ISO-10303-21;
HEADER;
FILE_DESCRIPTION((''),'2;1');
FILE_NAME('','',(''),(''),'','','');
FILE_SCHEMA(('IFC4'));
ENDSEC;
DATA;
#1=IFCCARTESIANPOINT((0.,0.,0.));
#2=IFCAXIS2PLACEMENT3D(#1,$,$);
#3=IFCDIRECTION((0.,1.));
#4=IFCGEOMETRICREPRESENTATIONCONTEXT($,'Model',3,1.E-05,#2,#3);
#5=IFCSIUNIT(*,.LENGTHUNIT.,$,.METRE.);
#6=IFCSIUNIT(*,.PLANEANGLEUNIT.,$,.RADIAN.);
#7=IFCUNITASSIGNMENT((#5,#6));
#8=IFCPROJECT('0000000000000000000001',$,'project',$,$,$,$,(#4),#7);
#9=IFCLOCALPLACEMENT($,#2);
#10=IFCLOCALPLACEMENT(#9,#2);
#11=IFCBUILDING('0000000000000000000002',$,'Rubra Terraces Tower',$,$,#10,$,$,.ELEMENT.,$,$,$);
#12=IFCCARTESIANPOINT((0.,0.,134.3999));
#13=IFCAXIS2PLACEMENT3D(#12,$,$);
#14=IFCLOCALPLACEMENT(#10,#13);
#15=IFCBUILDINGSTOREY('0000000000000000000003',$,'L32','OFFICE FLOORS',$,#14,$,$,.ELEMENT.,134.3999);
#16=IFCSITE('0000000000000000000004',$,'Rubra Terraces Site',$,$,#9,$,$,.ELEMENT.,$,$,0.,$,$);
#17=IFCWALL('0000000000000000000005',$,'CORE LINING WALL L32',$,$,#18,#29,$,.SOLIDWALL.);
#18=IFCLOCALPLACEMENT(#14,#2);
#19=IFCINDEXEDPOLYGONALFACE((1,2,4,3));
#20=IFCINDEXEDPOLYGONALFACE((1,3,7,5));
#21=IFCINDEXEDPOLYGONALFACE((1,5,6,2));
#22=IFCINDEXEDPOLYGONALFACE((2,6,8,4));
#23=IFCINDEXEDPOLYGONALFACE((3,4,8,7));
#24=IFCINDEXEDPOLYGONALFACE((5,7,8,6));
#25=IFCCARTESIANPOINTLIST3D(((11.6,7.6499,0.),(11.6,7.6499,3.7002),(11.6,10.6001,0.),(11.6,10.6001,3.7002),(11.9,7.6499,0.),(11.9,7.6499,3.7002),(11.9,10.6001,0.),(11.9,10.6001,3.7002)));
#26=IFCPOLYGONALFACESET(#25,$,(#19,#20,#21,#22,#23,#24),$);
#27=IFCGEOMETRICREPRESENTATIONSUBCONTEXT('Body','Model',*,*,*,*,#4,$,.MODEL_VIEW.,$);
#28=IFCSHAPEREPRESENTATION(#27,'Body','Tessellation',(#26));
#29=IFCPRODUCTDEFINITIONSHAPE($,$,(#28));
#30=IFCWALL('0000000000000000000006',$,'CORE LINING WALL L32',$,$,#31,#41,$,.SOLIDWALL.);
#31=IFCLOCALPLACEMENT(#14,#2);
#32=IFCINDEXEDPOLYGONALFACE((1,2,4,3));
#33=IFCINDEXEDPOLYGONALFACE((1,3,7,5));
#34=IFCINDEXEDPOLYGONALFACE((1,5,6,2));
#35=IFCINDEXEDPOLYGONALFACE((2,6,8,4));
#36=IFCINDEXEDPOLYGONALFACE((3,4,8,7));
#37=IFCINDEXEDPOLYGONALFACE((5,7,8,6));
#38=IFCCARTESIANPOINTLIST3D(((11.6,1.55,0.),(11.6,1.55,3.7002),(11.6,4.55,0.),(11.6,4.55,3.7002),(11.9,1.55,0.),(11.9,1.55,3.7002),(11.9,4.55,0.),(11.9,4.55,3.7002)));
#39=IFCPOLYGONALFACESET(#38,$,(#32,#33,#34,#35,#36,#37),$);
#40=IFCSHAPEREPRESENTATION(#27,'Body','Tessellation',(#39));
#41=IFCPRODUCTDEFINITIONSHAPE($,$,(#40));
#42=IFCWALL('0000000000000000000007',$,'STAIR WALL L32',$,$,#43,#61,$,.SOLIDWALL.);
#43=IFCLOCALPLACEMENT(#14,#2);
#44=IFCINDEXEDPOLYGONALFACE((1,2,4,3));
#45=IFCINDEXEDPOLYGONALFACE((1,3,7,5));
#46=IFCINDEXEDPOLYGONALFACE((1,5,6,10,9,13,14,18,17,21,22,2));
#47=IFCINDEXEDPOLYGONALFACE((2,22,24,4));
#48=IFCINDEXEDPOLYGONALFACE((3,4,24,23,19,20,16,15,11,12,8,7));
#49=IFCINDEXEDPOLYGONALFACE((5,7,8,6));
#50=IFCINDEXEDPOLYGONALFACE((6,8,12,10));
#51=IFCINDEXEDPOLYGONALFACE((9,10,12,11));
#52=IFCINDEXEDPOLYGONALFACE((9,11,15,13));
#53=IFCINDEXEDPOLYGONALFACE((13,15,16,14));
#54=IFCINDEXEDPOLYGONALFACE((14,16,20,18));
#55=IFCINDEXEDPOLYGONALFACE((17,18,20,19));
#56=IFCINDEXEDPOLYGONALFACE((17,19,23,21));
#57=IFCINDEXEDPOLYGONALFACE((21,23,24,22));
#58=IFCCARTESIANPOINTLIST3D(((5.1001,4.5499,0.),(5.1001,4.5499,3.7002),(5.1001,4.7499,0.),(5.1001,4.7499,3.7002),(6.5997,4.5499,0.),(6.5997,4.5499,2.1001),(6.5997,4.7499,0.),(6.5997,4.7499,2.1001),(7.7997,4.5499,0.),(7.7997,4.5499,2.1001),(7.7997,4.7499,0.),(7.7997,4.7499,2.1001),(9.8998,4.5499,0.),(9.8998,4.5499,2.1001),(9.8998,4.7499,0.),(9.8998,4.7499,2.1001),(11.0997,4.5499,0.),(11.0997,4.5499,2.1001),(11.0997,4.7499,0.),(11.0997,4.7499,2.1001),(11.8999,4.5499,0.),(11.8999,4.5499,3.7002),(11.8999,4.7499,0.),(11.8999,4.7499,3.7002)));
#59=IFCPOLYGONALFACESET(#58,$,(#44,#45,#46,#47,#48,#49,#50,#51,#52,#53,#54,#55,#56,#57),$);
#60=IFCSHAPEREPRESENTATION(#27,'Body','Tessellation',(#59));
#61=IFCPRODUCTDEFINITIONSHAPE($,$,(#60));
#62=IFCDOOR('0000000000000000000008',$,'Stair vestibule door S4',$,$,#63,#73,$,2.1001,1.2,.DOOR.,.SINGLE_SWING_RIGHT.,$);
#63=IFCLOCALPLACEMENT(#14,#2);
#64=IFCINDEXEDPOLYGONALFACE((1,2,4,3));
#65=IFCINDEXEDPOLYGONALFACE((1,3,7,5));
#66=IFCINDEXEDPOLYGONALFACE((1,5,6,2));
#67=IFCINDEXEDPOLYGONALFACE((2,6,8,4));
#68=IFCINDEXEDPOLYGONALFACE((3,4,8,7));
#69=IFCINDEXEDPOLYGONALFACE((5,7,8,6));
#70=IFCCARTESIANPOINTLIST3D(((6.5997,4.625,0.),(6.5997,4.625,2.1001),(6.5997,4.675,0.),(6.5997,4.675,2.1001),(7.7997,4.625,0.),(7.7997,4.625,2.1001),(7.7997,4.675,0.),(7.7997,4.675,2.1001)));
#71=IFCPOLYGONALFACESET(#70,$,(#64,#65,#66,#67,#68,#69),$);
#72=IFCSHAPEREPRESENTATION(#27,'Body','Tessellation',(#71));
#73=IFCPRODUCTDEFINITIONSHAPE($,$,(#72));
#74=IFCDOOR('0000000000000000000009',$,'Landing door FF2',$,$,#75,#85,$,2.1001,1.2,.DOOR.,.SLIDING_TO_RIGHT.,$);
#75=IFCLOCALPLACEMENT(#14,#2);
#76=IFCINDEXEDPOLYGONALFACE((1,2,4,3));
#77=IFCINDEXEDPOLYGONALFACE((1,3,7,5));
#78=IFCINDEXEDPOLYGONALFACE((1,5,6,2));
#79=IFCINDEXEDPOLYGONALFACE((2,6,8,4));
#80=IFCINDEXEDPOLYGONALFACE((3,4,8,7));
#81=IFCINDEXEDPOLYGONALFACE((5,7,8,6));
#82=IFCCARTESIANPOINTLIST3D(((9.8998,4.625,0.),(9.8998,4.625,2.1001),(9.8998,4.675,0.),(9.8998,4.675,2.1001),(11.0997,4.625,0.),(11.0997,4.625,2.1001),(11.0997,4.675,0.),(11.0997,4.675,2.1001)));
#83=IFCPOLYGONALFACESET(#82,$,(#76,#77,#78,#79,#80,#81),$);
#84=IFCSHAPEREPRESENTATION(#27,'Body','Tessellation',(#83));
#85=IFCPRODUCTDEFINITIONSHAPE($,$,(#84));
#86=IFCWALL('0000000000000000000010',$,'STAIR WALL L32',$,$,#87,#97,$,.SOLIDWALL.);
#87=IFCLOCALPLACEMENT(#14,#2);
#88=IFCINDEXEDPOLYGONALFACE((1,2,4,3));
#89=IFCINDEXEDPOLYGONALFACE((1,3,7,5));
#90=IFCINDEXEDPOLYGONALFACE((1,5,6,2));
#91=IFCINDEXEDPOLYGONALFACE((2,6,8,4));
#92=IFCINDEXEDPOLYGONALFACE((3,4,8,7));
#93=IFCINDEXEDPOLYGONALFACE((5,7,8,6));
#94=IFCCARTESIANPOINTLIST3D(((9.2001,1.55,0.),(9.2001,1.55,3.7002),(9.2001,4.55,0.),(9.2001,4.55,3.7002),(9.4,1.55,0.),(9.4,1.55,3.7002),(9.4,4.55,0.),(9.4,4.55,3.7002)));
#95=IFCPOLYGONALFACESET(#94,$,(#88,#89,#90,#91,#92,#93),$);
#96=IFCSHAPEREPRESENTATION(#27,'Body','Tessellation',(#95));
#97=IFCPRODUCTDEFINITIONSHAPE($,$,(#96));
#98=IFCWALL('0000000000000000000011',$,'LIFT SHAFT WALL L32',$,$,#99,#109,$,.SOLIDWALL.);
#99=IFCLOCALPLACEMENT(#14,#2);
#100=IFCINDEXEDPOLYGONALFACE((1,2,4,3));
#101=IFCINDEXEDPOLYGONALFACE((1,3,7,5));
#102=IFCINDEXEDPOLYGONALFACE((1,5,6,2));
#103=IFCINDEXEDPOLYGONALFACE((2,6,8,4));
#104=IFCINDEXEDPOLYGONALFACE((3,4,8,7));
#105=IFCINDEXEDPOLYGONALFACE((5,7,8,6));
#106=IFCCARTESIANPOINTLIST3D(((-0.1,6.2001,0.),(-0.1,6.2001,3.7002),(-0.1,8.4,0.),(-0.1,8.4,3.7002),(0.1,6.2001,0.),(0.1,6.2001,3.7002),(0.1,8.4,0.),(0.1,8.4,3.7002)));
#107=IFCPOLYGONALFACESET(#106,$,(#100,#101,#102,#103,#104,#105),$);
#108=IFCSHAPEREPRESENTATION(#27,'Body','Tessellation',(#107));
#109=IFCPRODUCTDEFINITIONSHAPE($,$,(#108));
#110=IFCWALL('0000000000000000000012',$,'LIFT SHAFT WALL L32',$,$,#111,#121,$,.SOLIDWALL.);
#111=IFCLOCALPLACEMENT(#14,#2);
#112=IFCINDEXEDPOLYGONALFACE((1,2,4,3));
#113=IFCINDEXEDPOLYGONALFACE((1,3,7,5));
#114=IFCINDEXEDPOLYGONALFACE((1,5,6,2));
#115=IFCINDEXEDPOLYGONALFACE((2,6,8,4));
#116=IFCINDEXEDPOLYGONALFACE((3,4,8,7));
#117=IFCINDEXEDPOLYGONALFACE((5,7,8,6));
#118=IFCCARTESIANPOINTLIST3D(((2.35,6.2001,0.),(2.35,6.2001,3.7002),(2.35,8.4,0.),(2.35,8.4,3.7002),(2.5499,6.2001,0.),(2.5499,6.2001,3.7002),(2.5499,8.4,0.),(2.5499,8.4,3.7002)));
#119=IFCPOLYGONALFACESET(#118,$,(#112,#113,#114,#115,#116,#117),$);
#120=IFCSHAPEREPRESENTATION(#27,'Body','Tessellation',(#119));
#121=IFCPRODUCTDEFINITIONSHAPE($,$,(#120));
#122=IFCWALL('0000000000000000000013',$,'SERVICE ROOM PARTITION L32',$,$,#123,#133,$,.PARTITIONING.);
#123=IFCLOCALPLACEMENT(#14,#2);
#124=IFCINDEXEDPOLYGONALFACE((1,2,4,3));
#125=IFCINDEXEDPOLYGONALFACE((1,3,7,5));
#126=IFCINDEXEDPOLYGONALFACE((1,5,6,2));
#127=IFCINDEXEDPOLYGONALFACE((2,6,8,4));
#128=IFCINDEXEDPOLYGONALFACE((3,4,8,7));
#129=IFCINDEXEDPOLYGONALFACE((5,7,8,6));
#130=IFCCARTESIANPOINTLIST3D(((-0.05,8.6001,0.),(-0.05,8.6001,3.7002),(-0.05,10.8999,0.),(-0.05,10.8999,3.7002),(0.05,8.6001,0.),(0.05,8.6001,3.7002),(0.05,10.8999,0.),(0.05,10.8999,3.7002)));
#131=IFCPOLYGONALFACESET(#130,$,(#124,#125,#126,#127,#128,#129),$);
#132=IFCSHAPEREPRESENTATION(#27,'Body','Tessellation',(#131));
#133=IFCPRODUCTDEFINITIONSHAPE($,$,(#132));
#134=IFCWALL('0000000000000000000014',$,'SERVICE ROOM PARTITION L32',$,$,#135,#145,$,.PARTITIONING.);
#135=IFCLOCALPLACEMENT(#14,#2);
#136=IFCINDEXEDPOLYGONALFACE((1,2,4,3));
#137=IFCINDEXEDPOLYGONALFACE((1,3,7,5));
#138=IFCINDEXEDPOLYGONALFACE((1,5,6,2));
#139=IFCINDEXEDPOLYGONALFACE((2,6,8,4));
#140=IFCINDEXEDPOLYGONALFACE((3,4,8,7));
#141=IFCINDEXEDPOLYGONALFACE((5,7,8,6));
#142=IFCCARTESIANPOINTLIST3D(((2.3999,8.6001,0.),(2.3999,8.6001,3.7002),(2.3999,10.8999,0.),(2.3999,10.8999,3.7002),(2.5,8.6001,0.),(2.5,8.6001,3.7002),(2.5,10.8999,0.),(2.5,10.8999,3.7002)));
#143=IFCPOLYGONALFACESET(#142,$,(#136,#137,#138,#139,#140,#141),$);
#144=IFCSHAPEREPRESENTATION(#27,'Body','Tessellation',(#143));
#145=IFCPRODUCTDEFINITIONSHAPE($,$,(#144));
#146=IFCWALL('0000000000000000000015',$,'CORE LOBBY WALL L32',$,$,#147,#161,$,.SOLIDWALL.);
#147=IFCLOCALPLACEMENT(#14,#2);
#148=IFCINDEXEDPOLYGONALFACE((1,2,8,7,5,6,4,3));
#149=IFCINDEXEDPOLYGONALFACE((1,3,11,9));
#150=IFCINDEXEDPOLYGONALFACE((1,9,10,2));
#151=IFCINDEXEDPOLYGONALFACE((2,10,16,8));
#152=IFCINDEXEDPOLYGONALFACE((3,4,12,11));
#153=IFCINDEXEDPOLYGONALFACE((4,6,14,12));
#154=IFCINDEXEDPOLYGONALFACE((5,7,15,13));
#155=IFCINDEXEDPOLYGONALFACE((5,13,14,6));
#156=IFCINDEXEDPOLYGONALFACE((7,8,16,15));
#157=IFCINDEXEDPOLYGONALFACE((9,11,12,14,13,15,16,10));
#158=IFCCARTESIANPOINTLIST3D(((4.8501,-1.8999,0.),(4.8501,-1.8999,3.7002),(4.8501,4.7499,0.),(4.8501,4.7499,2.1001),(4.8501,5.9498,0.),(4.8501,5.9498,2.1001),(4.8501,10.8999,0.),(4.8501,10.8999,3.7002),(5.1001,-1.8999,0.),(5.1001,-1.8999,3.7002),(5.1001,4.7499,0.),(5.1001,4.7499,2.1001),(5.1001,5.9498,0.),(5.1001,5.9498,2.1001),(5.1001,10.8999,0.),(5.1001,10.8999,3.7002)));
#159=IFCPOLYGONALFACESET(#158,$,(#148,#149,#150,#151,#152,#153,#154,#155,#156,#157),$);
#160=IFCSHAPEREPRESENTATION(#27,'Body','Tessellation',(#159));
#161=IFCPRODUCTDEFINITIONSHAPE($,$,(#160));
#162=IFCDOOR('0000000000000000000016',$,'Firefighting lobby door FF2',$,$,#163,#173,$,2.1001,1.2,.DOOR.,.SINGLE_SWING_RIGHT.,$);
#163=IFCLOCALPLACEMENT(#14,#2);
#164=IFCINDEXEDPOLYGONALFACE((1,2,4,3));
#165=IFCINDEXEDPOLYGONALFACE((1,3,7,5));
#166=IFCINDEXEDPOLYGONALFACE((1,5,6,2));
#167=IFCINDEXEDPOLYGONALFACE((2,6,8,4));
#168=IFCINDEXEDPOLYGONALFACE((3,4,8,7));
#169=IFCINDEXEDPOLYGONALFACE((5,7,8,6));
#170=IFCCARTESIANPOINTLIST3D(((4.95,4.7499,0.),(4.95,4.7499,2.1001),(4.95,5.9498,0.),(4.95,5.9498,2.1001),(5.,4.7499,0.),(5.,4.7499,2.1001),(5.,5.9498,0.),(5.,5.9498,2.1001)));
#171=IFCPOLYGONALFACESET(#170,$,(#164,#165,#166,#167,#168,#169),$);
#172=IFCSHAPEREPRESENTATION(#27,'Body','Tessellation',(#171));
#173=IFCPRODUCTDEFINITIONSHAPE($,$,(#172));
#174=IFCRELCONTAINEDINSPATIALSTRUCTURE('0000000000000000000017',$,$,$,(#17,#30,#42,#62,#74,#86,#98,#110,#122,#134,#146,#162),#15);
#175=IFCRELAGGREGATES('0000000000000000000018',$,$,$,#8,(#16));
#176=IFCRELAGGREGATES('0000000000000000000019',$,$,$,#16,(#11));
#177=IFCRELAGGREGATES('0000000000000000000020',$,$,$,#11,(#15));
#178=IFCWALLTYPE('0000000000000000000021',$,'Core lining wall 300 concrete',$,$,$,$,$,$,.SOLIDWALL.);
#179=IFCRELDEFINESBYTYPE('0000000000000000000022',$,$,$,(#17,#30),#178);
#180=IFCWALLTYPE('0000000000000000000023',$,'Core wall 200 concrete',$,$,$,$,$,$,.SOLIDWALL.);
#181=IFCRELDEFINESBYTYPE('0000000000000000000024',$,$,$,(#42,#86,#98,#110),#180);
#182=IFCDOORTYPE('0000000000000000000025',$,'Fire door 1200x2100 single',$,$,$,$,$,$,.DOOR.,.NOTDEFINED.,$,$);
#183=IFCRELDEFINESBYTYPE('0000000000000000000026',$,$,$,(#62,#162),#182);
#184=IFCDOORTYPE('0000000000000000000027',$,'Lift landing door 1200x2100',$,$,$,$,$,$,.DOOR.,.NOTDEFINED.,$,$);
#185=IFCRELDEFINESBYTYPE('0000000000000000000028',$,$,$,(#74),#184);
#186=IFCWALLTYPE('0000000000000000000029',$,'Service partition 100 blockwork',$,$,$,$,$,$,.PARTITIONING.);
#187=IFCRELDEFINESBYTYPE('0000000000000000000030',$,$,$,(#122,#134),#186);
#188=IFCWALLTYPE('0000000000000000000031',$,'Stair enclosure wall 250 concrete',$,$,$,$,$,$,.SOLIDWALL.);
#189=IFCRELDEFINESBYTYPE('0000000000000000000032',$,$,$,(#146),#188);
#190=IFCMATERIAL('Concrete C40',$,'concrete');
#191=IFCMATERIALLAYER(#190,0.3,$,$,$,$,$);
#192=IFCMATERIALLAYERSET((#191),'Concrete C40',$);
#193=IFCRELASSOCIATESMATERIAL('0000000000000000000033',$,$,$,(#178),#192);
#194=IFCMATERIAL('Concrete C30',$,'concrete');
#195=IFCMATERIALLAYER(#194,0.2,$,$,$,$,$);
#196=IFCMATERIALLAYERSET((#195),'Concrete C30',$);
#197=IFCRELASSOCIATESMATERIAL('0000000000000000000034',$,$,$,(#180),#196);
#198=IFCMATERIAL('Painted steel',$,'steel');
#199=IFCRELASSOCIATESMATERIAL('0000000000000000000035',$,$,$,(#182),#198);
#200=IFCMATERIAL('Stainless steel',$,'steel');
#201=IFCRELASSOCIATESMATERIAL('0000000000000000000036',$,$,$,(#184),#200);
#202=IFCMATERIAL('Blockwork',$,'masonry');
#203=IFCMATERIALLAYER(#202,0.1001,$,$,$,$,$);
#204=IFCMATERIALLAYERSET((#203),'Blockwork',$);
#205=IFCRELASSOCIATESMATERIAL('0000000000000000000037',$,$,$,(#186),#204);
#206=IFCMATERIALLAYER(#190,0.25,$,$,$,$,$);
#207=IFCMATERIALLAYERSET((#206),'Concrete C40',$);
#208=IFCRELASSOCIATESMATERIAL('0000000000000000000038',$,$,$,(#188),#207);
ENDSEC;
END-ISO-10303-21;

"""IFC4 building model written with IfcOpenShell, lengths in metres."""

from ifc_helpers import new_model, si_unit, direction, frame, frame_2d, origin, place, context, subcontext, project, spatial, rectangle, extrude, material, layer, layer_set, type_object, element, fill, save


model = new_model("IFC4")

# Units and contexts
model_context = context("Model", 3, precision=1e-05, world=origin(), true_north=direction((0.0, 1.0)))
body_context = subcontext(model_context, "Body", "Model", "MODEL_VIEW")
ifc_project = project(units=[si_unit("LENGTHUNIT", "METRE"), si_unit("PLANEANGLEUNIT", "RADIAN")], contexts=[model_context])

# Site, building, storey
site_placement = place(None, origin())
site = spatial("IfcSite", under=ifc_project, at=site_placement, Name="Rubra Terraces Site", CompositionType="ELEMENT", RefElevation=0.0)
building_placement = place(site_placement, origin())
building = spatial("IfcBuilding", under=site, at=building_placement, Name="Rubra Terraces Tower", CompositionType="ELEMENT")
storey_placement = place(building_placement, frame((0.0, 0.0, 134.3999)))
storey = spatial("IfcBuildingStorey", under=building, at=storey_placement, Name="L32", Description="OFFICE FLOORS", CompositionType="ELEMENT", Elevation=134.3999)

# Walls
ifc_material_1 = material(Name="Concrete C40", Category="concrete")
ifc_layer_1 = layer(ifc_material_1, 0.3)
ifc_layer_set_1 = layer_set([ifc_layer_1], Name="Concrete C40")
wall_type_1 = type_object("IfcWallType", Name="Core lining wall 300 concrete", PredefinedType="SOLIDWALL", material=ifc_layer_set_1)
wall_1_placement = place(storey_placement, frame((11.75, 10.6001, 0.0), z_axis=(0.0, 0.0, 1.0), x_axis=(0.0, -1.0, 0.0)))
element("IfcWall", 1, at=wall_1_placement, inside=storey, type_object=wall_type_1, Name="CORE LINING WALL L32", PredefinedType="SOLIDWALL", context=body_context, shape_type="SweptSolid", body=[
    extrude(rectangle(XDim=2.9502, YDim=0.3, at=frame_2d((1.4751, 0.0))), origin(), (0.0, 0.0, 1.0), 3.7002),
])
wall_2_placement = place(storey_placement, frame((11.75, 4.55, 0.0), z_axis=(0.0, 0.0, 1.0), x_axis=(0.0, -1.0, 0.0)))
element("IfcWall", 2, at=wall_2_placement, inside=storey, type_object=wall_type_1, Name="CORE LINING WALL L32", PredefinedType="SOLIDWALL", context=body_context, shape_type="SweptSolid", body=[
    extrude(rectangle(XDim=3.0, YDim=0.3, at=frame_2d((1.5, 0.0))), origin(), (0.0, 0.0, 1.0), 3.7002),
])

# Wall, openings, doors
ifc_material_2 = material(Name="Concrete C30", Category="concrete")
ifc_layer_2 = layer(ifc_material_2, 0.2)
ifc_layer_set_2 = layer_set([ifc_layer_2], Name="Concrete C30")
wall_type_2 = type_object("IfcWallType", Name="Core wall 200 concrete", PredefinedType="SOLIDWALL", material=ifc_layer_set_2)
wall_3_placement = place(storey_placement, frame((11.8999, 4.6499, 0.0), z_axis=(0.0, 0.0, 1.0), x_axis=(-1.0, 0.0, 0.0)))
wall_3 = element("IfcWall", 3, at=wall_3_placement, inside=storey, type_object=wall_type_2, Name="STAIR WALL L32", PredefinedType="SOLIDWALL", context=body_context, shape_type="SweptSolid", body=[
    extrude(rectangle(XDim=6.7998, YDim=0.2, at=frame_2d((3.3999, 0.0))), origin(), (0.0, 0.0, 1.0), 3.7002),
])
opening_1_placement = place(wall_3_placement, frame((4.1001, 0.0, 0.0)))
opening_1 = element("IfcOpeningElement", 4, at=opening_1_placement, cuts=wall_3, PredefinedType="OPENING", context=body_context, shape_type="SweptSolid", body=[
    extrude(rectangle(XDim=1.2, YDim=2.1001, at=frame_2d((0.6001, 1.05))), frame((0.0, 0.1099, 0.0), z_axis=(0.0, -1.0, 0.0), x_axis=(1.0, 0.0, 0.0)), (0.0, 0.0, 1.0), 0.22),
])
opening_2_placement = place(wall_3_placement, frame((0.8, 0.0, 0.0)))
opening_2 = element("IfcOpeningElement", 5, at=opening_2_placement, cuts=wall_3, PredefinedType="OPENING", context=body_context, shape_type="SweptSolid", body=[
    extrude(rectangle(XDim=1.2, YDim=2.1001, at=frame_2d((0.6001, 1.05))), frame((0.0, 0.1099, 0.0), z_axis=(0.0, -1.0, 0.0), x_axis=(1.0, 0.0, 0.0)), (0.0, 0.0, 1.0), 0.22),
])
ifc_material_3 = material(Name="Painted steel", Category="steel")
door_type_1 = type_object("IfcDoorType", Name="Fire door 1200x2100 single", OperationType="NOTDEFINED", PredefinedType="DOOR", material=ifc_material_3)
door_1_placement = place(opening_1_placement, origin())
door_1 = element("IfcDoor", 6, at=door_1_placement, inside=storey, type_object=door_type_1, Name="Stair vestibule door S4", OperationType="SINGLE_SWING_RIGHT", OverallHeight=2.1001, OverallWidth=1.2, PredefinedType="DOOR", context=body_context, shape_type="SweptSolid", body=[
    extrude(rectangle(XDim=1.2, YDim=2.1001, at=frame_2d((0.6001, 1.05))), frame((0.0, 0.0249, 0.0), z_axis=(0.0, -1.0, 0.0), x_axis=(1.0, 0.0, 0.0)), (0.0, 0.0, 1.0), 0.05),
])
fill(opening_1, door_1)
ifc_material_4 = material(Name="Stainless steel", Category="steel")
door_type_2 = type_object("IfcDoorType", Name="Lift landing door 1200x2100", OperationType="NOTDEFINED", PredefinedType="DOOR", material=ifc_material_4)
door_2_placement = place(opening_2_placement, origin())
door_2 = element("IfcDoor", 7, at=door_2_placement, inside=storey, type_object=door_type_2, Name="Landing door FF2", OperationType="SLIDING_TO_RIGHT", OverallHeight=2.1001, OverallWidth=1.2, PredefinedType="DOOR", context=body_context, shape_type="SweptSolid", body=[
    extrude(rectangle(XDim=1.2, YDim=2.1001, at=frame_2d((0.6001, 1.05))), frame((0.0, 0.0249, 0.0), z_axis=(0.0, -1.0, 0.0), x_axis=(1.0, 0.0, 0.0)), (0.0, 0.0, 1.0), 0.05),
])
fill(opening_2, door_2)

# Walls
wall_4_placement = place(storey_placement, frame((9.3, 4.55, 0.0), z_axis=(0.0, 0.0, 1.0), x_axis=(0.0, -1.0, 0.0)))
element("IfcWall", 8, at=wall_4_placement, inside=storey, type_object=wall_type_2, Name="STAIR WALL L32", PredefinedType="SOLIDWALL", context=body_context, shape_type="SweptSolid", body=[
    extrude(rectangle(XDim=3.0, YDim=0.2, at=frame_2d((1.5, 0.0))), origin(), (0.0, 0.0, 1.0), 3.7002),
])
for number, where, z_axis, x_axis, name in (
    (9, (0.0, 6.2, 0.0), (0.0, 0.0, 1.0), (0.0, 1.0, 0.0), "LIFT SHAFT WALL L32"),
    (10, (2.45, 6.2, 0.0), (0.0, 0.0, 1.0), (0.0, 1.0, 0.0), "LIFT SHAFT WALL L32"),
):
    element("IfcWall", number, at=place(storey_placement, frame(where, z_axis=z_axis, x_axis=x_axis)), inside=storey, type_object=wall_type_2, Name=name, PredefinedType="SOLIDWALL", context=body_context, shape_type="SweptSolid", body=[
        extrude(rectangle(XDim=2.2, YDim=0.2, at=frame_2d((1.1001, 0.0))), origin(), (0.0, 0.0, 1.0), 3.7002),
    ])
ifc_material_5 = material(Name="Blockwork", Category="masonry")
ifc_layer_3 = layer(ifc_material_5, 0.1001)
ifc_layer_set_3 = layer_set([ifc_layer_3], Name="Blockwork")
wall_type_3 = type_object("IfcWallType", Name="Service partition 100 blockwork", PredefinedType="PARTITIONING", material=ifc_layer_set_3)
for number, where, z_axis, x_axis, name in (
    (11, (0.0, 8.6001, 0.0), (0.0, 0.0, 1.0), (0.0, 1.0, 0.0), "SERVICE ROOM PARTITION L32"),
    (12, (2.45, 8.6001, 0.0), (0.0, 0.0, 1.0), (0.0, 1.0, 0.0), "SERVICE ROOM PARTITION L32"),
):
    element("IfcWall", number, at=place(storey_placement, frame(where, z_axis=z_axis, x_axis=x_axis)), inside=storey, type_object=wall_type_3, Name=name, PredefinedType="PARTITIONING", context=body_context, shape_type="SweptSolid", body=[
        extrude(rectangle(XDim=2.2998, YDim=0.1001, at=frame_2d((1.1499, 0.0))), origin(), (0.0, 0.0, 1.0), 3.7002),
    ])

# Wall, opening, door
ifc_layer_4 = layer(ifc_material_1, 0.25)
ifc_layer_set_4 = layer_set([ifc_layer_4], Name="Concrete C40")
wall_type_4 = type_object("IfcWallType", Name="Stair enclosure wall 250 concrete", PredefinedType="SOLIDWALL", material=ifc_layer_set_4)
wall_5_placement = place(storey_placement, frame((4.9751, 10.8999, 0.0), z_axis=(0.0, 0.0, 1.0), x_axis=(0.0, -1.0, 0.0)))
wall_5 = element("IfcWall", 13, at=wall_5_placement, inside=storey, type_object=wall_type_4, Name="CORE LOBBY WALL L32", PredefinedType="SOLIDWALL", context=body_context, shape_type="SweptSolid", body=[
    extrude(rectangle(XDim=12.7998, YDim=0.25, at=frame_2d((6.3999, 0.0))), origin(), (0.0, 0.0, 1.0), 3.7002),
])
opening_3_placement = place(wall_5_placement, frame((4.95, 0.0, 0.0)))
opening_3 = element("IfcOpeningElement", 14, at=opening_3_placement, cuts=wall_5, PredefinedType="OPENING", context=body_context, shape_type="SweptSolid", body=[
    extrude(rectangle(XDim=1.2, YDim=2.1001, at=frame_2d((0.6001, 1.05))), frame((0.0, 0.135, 0.0), z_axis=(0.0, -1.0, 0.0), x_axis=(1.0, 0.0, 0.0)), (0.0, 0.0, 1.0), 0.27),
])
door_3_placement = place(opening_3_placement, origin())
door_3 = element("IfcDoor", 15, at=door_3_placement, inside=storey, type_object=door_type_1, Name="Firefighting lobby door FF2", OperationType="SINGLE_SWING_RIGHT", OverallHeight=2.1001, OverallWidth=1.2, PredefinedType="DOOR", context=body_context, shape_type="SweptSolid", body=[
    extrude(rectangle(XDim=1.2, YDim=2.1001, at=frame_2d((0.6001, 1.05))), frame((0.0, 0.0249, 0.0), z_axis=(0.0, -1.0, 0.0), x_axis=(1.0, 0.0, 0.0)), (0.0, 0.0, 1.0), 0.05),
])
fill(opening_3, door_3)

save(model, "model.ifc")
